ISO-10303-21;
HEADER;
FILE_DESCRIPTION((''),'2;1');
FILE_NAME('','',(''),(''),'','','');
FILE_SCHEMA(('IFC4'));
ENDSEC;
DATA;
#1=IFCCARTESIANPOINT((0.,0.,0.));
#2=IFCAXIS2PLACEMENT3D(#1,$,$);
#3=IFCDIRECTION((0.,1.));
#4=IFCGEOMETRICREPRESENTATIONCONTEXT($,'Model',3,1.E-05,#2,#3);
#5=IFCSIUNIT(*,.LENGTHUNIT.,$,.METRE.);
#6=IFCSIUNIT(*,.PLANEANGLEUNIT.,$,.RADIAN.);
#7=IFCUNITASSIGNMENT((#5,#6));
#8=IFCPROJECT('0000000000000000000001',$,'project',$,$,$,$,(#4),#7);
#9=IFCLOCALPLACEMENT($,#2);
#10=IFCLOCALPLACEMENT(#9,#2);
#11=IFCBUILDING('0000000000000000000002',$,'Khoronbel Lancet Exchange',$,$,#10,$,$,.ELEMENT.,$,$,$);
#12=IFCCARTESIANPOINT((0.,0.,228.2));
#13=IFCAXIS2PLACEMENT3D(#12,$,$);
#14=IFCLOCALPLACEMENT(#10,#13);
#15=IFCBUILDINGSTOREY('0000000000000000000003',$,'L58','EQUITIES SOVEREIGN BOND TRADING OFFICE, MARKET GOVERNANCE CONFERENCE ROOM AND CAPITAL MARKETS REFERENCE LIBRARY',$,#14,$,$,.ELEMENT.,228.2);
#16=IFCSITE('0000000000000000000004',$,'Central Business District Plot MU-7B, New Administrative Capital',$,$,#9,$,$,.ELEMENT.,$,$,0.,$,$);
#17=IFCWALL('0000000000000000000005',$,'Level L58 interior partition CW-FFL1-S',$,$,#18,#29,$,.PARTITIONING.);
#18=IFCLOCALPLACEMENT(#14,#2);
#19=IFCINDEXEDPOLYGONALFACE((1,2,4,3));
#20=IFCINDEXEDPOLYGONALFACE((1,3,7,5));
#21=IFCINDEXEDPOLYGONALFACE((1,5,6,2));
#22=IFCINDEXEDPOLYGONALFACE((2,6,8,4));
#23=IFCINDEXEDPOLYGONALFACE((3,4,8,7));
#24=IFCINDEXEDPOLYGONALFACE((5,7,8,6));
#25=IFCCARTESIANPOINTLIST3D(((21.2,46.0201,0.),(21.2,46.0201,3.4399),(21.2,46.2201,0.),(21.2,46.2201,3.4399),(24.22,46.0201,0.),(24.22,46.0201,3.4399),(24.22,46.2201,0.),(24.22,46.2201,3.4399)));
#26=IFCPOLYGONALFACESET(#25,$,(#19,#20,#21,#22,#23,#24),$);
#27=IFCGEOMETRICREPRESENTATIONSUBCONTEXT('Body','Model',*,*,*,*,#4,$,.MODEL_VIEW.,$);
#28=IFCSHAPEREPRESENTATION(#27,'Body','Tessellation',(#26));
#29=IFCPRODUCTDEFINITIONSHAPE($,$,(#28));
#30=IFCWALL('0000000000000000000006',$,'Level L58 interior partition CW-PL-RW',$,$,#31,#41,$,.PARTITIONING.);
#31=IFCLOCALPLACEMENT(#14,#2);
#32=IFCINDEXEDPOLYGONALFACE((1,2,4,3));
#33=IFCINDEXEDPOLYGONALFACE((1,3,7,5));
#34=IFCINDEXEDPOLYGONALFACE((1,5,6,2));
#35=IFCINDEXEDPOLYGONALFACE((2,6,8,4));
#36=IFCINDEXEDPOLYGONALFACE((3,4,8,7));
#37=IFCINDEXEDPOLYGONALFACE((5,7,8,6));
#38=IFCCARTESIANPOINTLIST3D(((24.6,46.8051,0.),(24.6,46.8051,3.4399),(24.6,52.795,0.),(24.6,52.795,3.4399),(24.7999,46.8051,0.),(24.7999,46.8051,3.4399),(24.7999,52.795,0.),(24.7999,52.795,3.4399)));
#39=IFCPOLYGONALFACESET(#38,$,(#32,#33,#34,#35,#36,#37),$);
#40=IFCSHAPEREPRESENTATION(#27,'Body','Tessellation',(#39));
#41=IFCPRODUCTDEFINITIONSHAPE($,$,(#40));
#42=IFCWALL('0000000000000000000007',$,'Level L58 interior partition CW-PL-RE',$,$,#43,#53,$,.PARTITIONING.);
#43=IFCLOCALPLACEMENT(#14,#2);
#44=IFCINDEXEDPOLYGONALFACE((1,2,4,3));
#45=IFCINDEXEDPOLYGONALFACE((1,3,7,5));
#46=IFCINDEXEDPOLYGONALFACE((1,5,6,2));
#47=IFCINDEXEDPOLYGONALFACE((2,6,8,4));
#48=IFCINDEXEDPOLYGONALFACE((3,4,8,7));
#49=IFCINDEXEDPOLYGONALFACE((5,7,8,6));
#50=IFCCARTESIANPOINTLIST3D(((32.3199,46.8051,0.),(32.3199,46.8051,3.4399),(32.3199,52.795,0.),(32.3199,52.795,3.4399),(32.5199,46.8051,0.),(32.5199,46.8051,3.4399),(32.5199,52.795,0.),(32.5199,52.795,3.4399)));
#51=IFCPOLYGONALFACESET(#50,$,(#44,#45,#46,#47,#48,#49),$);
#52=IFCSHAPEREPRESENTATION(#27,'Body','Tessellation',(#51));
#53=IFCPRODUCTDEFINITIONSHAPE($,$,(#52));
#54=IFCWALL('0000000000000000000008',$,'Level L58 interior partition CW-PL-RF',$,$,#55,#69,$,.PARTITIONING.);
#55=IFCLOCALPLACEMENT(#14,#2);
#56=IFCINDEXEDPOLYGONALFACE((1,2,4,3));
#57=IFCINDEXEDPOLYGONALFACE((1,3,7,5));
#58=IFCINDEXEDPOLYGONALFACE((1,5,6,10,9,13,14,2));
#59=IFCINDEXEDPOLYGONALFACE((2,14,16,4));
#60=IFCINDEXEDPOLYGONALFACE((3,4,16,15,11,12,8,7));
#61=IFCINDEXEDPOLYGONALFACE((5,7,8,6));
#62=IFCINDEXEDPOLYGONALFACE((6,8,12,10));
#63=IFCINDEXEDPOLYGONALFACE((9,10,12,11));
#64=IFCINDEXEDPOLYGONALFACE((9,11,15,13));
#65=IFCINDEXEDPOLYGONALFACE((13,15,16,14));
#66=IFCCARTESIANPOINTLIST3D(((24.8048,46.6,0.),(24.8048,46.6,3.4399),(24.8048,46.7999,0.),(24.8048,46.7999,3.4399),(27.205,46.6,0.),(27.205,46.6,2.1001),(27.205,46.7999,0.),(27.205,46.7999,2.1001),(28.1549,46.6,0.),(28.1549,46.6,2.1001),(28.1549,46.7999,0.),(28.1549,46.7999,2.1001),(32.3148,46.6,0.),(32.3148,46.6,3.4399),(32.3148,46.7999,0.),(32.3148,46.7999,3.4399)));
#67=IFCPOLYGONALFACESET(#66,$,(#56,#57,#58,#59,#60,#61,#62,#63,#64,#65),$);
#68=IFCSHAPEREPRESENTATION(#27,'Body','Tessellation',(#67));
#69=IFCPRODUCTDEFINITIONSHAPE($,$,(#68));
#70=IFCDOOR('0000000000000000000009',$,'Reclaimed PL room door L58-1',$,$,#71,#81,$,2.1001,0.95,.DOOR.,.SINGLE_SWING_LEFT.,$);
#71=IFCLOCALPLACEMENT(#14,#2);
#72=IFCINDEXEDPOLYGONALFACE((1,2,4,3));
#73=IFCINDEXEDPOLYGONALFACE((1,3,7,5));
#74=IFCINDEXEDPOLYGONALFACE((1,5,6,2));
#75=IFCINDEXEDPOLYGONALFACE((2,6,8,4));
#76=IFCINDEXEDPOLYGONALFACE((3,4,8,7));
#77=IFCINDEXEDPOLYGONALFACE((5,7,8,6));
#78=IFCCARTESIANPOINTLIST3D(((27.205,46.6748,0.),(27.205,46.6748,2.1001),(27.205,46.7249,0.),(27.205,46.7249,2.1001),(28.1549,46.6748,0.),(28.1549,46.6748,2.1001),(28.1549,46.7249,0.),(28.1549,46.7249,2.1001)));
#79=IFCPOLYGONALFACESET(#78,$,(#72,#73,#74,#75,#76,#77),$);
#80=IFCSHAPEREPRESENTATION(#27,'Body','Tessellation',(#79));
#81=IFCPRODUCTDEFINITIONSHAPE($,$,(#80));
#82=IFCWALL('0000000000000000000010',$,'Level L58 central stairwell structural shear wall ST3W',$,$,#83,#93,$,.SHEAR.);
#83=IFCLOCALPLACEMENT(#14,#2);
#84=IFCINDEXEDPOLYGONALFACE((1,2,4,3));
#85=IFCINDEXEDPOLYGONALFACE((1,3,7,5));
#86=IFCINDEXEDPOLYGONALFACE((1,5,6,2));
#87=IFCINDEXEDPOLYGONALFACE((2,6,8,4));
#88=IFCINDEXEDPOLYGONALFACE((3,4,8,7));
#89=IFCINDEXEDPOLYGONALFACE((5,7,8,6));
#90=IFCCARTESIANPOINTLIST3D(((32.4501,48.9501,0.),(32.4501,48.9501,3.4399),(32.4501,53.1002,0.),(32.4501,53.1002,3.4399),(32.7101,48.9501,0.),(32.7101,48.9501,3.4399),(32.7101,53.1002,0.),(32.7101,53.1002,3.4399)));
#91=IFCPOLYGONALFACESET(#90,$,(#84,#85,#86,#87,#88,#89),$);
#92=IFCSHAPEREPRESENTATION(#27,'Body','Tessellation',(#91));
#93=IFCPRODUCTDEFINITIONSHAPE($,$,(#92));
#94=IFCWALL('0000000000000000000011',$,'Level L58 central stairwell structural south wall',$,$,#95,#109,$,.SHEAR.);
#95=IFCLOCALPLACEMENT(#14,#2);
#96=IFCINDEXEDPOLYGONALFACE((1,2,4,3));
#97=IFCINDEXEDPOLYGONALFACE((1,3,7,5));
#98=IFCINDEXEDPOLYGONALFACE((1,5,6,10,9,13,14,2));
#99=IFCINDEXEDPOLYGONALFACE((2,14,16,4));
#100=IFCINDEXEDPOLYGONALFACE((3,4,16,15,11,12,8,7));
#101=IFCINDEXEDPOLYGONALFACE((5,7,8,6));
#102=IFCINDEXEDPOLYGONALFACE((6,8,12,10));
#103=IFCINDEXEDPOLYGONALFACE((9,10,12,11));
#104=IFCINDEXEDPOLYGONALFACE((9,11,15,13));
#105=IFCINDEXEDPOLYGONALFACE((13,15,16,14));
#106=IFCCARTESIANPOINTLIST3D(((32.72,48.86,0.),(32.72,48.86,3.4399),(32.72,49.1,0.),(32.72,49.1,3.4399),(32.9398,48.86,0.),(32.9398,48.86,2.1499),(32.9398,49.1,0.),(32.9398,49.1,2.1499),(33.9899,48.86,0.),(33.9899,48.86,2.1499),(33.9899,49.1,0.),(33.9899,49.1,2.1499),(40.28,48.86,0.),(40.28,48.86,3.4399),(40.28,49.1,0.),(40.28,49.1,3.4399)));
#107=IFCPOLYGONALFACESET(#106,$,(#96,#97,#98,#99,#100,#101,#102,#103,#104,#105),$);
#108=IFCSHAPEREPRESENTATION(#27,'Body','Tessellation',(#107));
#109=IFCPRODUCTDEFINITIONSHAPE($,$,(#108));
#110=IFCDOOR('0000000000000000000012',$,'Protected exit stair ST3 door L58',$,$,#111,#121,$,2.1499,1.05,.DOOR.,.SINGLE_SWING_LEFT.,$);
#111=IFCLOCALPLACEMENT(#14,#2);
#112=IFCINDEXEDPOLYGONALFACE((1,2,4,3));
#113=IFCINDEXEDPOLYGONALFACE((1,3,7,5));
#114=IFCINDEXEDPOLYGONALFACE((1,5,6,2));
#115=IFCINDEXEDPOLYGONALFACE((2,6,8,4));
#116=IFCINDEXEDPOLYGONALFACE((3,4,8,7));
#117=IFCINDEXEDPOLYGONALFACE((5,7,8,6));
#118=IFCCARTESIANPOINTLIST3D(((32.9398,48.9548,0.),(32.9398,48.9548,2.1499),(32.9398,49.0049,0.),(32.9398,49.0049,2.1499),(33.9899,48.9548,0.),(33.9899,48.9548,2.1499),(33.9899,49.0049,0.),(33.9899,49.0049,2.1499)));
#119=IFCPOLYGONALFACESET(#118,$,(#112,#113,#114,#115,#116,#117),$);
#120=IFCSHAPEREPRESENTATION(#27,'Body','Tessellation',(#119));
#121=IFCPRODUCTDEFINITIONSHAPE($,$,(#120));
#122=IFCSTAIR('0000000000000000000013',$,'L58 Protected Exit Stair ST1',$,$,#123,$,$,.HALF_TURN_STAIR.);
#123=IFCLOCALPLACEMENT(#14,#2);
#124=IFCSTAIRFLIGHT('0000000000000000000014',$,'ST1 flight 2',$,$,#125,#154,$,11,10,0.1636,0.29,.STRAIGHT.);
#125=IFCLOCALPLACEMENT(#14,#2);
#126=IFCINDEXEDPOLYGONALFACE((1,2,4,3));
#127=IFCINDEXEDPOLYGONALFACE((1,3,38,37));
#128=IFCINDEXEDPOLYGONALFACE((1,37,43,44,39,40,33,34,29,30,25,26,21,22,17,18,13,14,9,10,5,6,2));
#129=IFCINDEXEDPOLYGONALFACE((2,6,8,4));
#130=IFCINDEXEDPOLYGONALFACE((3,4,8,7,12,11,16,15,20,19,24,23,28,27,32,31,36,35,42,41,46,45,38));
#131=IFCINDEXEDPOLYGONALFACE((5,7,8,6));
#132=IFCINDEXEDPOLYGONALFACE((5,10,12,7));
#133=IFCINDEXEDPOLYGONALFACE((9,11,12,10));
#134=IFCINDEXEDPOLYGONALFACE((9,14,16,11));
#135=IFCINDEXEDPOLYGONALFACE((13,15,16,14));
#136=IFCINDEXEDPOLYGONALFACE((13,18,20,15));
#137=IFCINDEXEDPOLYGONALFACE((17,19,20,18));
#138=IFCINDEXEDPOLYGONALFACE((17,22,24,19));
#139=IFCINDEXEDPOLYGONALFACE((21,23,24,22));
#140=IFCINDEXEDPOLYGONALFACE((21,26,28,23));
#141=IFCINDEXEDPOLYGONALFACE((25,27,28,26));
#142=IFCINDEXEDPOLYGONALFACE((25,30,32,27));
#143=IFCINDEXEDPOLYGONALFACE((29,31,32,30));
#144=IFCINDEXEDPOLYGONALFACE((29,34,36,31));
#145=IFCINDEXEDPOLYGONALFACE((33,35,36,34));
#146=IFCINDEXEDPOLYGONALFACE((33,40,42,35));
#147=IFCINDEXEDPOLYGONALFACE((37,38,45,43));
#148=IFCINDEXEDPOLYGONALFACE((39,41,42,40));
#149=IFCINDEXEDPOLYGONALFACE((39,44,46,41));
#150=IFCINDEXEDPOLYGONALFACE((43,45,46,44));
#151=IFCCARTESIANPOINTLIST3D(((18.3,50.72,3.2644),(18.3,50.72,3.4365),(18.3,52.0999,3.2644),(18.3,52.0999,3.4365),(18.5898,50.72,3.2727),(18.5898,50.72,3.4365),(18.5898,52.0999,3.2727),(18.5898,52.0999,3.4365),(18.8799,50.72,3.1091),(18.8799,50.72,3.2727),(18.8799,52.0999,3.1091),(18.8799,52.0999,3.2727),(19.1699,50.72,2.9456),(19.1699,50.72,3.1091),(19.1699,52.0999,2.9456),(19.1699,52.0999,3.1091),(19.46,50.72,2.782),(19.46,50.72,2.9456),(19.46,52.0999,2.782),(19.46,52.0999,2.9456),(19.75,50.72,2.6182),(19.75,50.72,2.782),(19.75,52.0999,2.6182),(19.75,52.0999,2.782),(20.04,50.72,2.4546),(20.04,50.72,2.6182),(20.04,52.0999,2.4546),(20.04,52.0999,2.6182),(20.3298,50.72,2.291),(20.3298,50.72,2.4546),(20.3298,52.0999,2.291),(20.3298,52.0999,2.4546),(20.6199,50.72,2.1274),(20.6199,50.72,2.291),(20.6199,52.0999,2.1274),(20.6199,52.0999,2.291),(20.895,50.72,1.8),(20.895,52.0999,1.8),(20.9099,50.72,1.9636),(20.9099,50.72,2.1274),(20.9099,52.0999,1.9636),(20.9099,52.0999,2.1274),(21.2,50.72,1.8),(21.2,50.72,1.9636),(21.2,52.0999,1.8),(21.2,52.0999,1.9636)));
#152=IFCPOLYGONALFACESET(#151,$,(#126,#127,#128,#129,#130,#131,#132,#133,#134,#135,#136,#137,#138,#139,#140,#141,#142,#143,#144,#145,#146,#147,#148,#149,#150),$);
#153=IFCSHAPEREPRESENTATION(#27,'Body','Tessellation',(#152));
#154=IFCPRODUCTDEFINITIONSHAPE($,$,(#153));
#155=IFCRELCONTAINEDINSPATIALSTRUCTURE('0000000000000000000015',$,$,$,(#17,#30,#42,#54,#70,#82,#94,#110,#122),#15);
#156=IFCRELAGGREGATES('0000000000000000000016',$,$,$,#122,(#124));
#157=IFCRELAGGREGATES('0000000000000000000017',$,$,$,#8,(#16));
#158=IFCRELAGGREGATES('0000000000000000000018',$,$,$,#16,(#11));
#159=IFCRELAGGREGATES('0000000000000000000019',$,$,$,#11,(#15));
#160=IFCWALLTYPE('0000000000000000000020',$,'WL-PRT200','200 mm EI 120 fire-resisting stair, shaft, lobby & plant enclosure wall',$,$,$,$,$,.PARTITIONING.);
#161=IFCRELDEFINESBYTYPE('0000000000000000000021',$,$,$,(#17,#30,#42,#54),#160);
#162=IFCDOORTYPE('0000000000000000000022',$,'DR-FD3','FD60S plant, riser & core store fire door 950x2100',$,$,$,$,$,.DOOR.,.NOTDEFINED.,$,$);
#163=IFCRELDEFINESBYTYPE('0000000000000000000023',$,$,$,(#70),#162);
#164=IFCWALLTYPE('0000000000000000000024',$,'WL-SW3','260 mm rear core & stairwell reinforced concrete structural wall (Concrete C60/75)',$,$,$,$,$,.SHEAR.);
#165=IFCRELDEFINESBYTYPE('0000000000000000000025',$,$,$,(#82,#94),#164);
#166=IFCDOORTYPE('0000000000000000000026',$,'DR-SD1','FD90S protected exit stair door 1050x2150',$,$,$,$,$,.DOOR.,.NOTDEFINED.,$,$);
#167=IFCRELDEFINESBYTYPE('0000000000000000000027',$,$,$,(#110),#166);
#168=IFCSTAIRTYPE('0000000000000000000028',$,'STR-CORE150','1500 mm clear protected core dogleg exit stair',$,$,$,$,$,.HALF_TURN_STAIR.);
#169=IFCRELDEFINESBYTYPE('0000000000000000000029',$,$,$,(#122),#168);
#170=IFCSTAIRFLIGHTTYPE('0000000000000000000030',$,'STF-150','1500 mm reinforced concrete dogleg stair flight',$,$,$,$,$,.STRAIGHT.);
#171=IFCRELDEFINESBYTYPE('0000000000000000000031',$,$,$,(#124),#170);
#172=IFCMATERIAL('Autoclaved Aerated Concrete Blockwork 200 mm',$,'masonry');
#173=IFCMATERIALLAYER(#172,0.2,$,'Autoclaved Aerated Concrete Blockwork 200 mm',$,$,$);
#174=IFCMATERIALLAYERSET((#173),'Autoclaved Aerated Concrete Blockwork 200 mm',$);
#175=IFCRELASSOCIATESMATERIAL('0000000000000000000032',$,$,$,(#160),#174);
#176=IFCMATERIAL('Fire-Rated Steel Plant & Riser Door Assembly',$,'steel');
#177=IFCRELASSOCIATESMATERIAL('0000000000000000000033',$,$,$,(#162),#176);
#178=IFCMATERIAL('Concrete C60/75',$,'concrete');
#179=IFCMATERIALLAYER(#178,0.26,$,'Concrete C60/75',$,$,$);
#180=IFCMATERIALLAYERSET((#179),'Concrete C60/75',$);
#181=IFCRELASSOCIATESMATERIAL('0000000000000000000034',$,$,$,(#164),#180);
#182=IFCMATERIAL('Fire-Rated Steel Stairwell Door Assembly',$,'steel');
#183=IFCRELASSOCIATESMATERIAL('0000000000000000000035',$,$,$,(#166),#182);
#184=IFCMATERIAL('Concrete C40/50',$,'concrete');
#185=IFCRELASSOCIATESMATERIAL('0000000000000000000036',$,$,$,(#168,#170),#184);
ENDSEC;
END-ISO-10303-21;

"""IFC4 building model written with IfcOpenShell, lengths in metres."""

from ifc_helpers import new_model, si_unit, direction, frame, frame_2d, origin, place, context, subcontext, project, spatial, polyline, rectangle, outline, extrude, material, layer, layer_set, type_object, element, fill, aggregate, save


model = new_model("IFC4")

# Units and contexts
model_context = context("Model", 3, precision=1e-05, world=origin(), true_north=direction((0.0, 1.0)))
body_context = subcontext(model_context, "Body", "Model", "MODEL_VIEW")
ifc_project = project(units=[si_unit("LENGTHUNIT", "METRE"), si_unit("PLANEANGLEUNIT", "RADIAN")], contexts=[model_context])

# Site, building, storey
site_placement = place(None, origin())
site = spatial("IfcSite", under=ifc_project, at=site_placement, Name="Central Business District Plot MU-7B, New Administrative Capital", CompositionType="ELEMENT", RefElevation=0.0)
building_placement = place(site_placement, origin())
building = spatial("IfcBuilding", under=site, at=building_placement, Name="Khoronbel Lancet Exchange", CompositionType="ELEMENT")
storey_placement = place(building_placement, frame((0.0, 0.0, 228.2)))
storey = spatial("IfcBuildingStorey", under=building, at=storey_placement, Name="L58", Description="EQUITIES SOVEREIGN BOND TRADING OFFICE, MARKET GOVERNANCE CONFERENCE ROOM AND CAPITAL MARKETS REFERENCE LIBRARY", CompositionType="ELEMENT", Elevation=228.2)

# Shared definitions
ifc_material_1 = material(Name="Autoclaved Aerated Concrete Blockwork 200 mm", Category="masonry")
ifc_layer_1 = layer(ifc_material_1, 0.2, Name="Autoclaved Aerated Concrete Blockwork 200 mm")
ifc_layer_set_1 = layer_set([ifc_layer_1], Name="Autoclaved Aerated Concrete Blockwork 200 mm")
wall_type_1 = type_object("IfcWallType", Name="WL-PRT200", Description="200 mm EI 120 fire-resisting stair, shaft, lobby & plant enclosure wall", PredefinedType="PARTITIONING", material=ifc_layer_set_1)

# Walls
wall_1_placement = place(storey_placement, frame((21.2, 46.1201, 0.0), z_axis=(0.0, 0.0, 1.0), x_axis=(1.0, 0.0, 0.0)))
element("IfcWall", 1, at=wall_1_placement, inside=storey, type_object=wall_type_1, Name="Level L58 interior partition CW-FFL1-S", PredefinedType="PARTITIONING", context=body_context, shape_type="SweptSolid", body=[
    extrude(rectangle(XDim=3.02, YDim=0.2, at=frame_2d((1.51, 0.0))), origin(), (0.0, 0.0, 1.0), 3.4399),
])
for number, where, z_axis, x_axis, name in (
    (2, (24.7, 46.8049, 0.0), (0.0, 0.0, 1.0), (0.0, 1.0, 0.0), "Level L58 interior partition CW-PL-RW"),
    (3, (32.4199, 46.8049, 0.0), (0.0, 0.0, 1.0), (0.0, 1.0, 0.0), "Level L58 interior partition CW-PL-RE"),
):
    element("IfcWall", number, at=place(storey_placement, frame(where, z_axis=z_axis, x_axis=x_axis)), inside=storey, type_object=wall_type_1, Name=name, PredefinedType="PARTITIONING", context=body_context, shape_type="SweptSolid", body=[
        extrude(rectangle(XDim=5.99, YDim=0.2, at=frame_2d((2.9951, 0.0))), origin(), (0.0, 0.0, 1.0), 3.4399),
    ])

# Wall, opening, door
wall_2_placement = place(storey_placement, frame((24.8049, 46.7, 0.0), z_axis=(0.0, 0.0, 1.0), x_axis=(1.0, 0.0, 0.0)))
wall_2 = element("IfcWall", 4, at=wall_2_placement, inside=storey, type_object=wall_type_1, Name="Level L58 interior partition CW-PL-RF", PredefinedType="PARTITIONING", context=body_context, shape_type="SweptSolid", body=[
    extrude(rectangle(XDim=7.51, YDim=0.2, at=frame_2d((3.7549, 0.0))), origin(), (0.0, 0.0, 1.0), 3.4399),
])
opening_1_placement = place(wall_2_placement, frame((2.3999, 0.0, 0.0)))
opening_1 = element("IfcOpeningElement", 5, at=opening_1_placement, cuts=wall_2, PredefinedType="OPENING", context=body_context, shape_type="SweptSolid", body=[
    extrude(rectangle(XDim=0.95, YDim=2.1001, at=frame_2d((0.4751, 1.05))), frame((0.0, 0.1099, 0.0), z_axis=(0.0, -1.0, 0.0), x_axis=(1.0, 0.0, 0.0)), (0.0, 0.0, 1.0), 0.22),
])
ifc_material_2 = material(Name="Fire-Rated Steel Plant & Riser Door Assembly", Category="steel")
door_type_1 = type_object("IfcDoorType", Name="DR-FD3", Description="FD60S plant, riser & core store fire door 950x2100", OperationType="NOTDEFINED", PredefinedType="DOOR", material=ifc_material_2)
door_1_placement = place(opening_1_placement, origin())
door_1 = element("IfcDoor", 6, at=door_1_placement, inside=storey, type_object=door_type_1, Name="Reclaimed PL room door L58-1", OperationType="SINGLE_SWING_LEFT", OverallHeight=2.1001, OverallWidth=0.95, PredefinedType="DOOR", context=body_context, shape_type="SweptSolid", body=[
    extrude(rectangle(XDim=0.95, YDim=2.1001, at=frame_2d((0.4751, 1.05))), frame((0.0, 0.0249, 0.0), z_axis=(0.0, -1.0, 0.0), x_axis=(1.0, 0.0, 0.0)), (0.0, 0.0, 1.0), 0.05),
])
fill(opening_1, door_1)

# Wall
ifc_material_3 = material(Name="Concrete C60/75", Category="concrete")
ifc_layer_2 = layer(ifc_material_3, 0.26, Name="Concrete C60/75")
ifc_layer_set_2 = layer_set([ifc_layer_2], Name="Concrete C60/75")
wall_type_2 = type_object("IfcWallType", Name="WL-SW3", Description="260 mm rear core & stairwell reinforced concrete structural wall (Concrete C60/75)", PredefinedType="SHEAR", material=ifc_layer_set_2)
wall_3_placement = place(storey_placement, frame((32.5801, 48.95, 0.0), z_axis=(0.0, 0.0, 1.0), x_axis=(0.0, 1.0, 0.0)))
element("IfcWall", 7, at=wall_3_placement, inside=storey, type_object=wall_type_2, Name="Level L58 central stairwell structural shear wall ST3W", PredefinedType="SHEAR", context=body_context, shape_type="SweptSolid", body=[
    extrude(rectangle(XDim=4.1501, YDim=0.26, at=frame_2d((2.0752, 0.0))), origin(), (0.0, 0.0, 1.0), 3.4399),
])

# Wall, opening, door
wall_4_placement = place(storey_placement, frame((32.72, 48.98, 0.0), z_axis=(0.0, 0.0, 1.0), x_axis=(1.0, 0.0, 0.0)))
wall_4 = element("IfcWall", 8, at=wall_4_placement, inside=storey, type_object=wall_type_2, Name="Level L58 central stairwell structural south wall", PredefinedType="SHEAR", context=body_context, shape_type="SweptSolid", body=[
    extrude(rectangle(XDim=7.5601, YDim=0.24, at=frame_2d((3.78, 0.0))), origin(), (0.0, 0.0, 1.0), 3.4399),
])
opening_2_placement = place(wall_4_placement, frame((0.22, 0.0, 0.0)))
opening_2 = element("IfcOpeningElement", 9, at=opening_2_placement, cuts=wall_4, PredefinedType="OPENING", context=body_context, shape_type="SweptSolid", body=[
    extrude(rectangle(XDim=1.05, YDim=2.1499, at=frame_2d((0.5249, 1.075))), frame((0.0, 0.1299, 0.0), z_axis=(0.0, -1.0, 0.0), x_axis=(1.0, 0.0, 0.0)), (0.0, 0.0, 1.0), 0.26),
])
ifc_material_4 = material(Name="Fire-Rated Steel Stairwell Door Assembly", Category="steel")
door_type_2 = type_object("IfcDoorType", Name="DR-SD1", Description="FD90S protected exit stair door 1050x2150", OperationType="NOTDEFINED", PredefinedType="DOOR", material=ifc_material_4)
door_2_placement = place(opening_2_placement, origin())
door_2 = element("IfcDoor", 10, at=door_2_placement, inside=storey, type_object=door_type_2, Name="Protected exit stair ST3 door L58", OperationType="SINGLE_SWING_LEFT", OverallHeight=2.1499, OverallWidth=1.05, PredefinedType="DOOR", context=body_context, shape_type="SweptSolid", body=[
    extrude(rectangle(XDim=1.05, YDim=2.1499, at=frame_2d((0.5249, 1.075))), frame((0.0, 0.0249, 0.0), z_axis=(0.0, -1.0, 0.0), x_axis=(1.0, 0.0, 0.0)), (0.0, 0.0, 1.0), 0.05),
])
fill(opening_2, door_2)

# Stair, stair flight
ifc_material_5 = material(Name="Concrete C40/50", Category="concrete")
stair_type = type_object("IfcStairType", Name="STR-CORE150", Description="1500 mm clear protected core dogleg exit stair", PredefinedType="HALF_TURN_STAIR", material=ifc_material_5)
stair_placement = place(storey_placement, origin())
stair = element("IfcStair", 11, at=stair_placement, inside=storey, type_object=stair_type, Name="L58 Protected Exit Stair ST1", PredefinedType="HALF_TURN_STAIR")
stair_flight_type = type_object("IfcStairFlightType", Name="STF-150", Description="1500 mm reinforced concrete dogleg stair flight", PredefinedType="STRAIGHT", material=ifc_material_5)
stair_flight_placement = place(storey_placement, frame((21.2, 51.4099, 1.8), z_axis=(0.0, 0.0, 1.0), x_axis=(-1.0, 0.0, 0.0)))
stair_flight = element("IfcStairFlight", 12, at=stair_flight_placement, type_object=stair_flight_type, Name="ST1 flight 2", NumberOfRisers=11, NumberOfTreads=10, PredefinedType="STRAIGHT", RiserHeight=0.1636, TreadLength=0.29, context=body_context, shape_type="SweptSolid", body=[
    extrude(outline(polyline([(0.0, 0.0), (0.0, 0.1636), (0.29, 0.1636), (0.29, 0.3274), (0.5801, 0.3274), (0.5801, 0.491), (0.8701, 0.491), (0.8701, 0.6545), (1.1599, 0.6545), (1.1599, 0.8181), (1.45, 0.8181), (1.45, 0.9819), (1.74, 0.9819), (1.74, 1.1455), (2.03, 1.1455), (2.03, 1.3091), (2.3201, 1.3091), (2.3201, 1.4727), (2.6101, 1.4727), (2.6101, 1.6365), (2.8999, 1.6365), (2.8999, 1.8), (2.8999, 1.4644), (0.3049, 0.0), (0.0, 0.0)])), frame((0.0, 0.6899, 0.0), z_axis=(0.0, -1.0, 0.0), x_axis=(1.0, 0.0, 0.0)), (0.0, 0.0, 1.0), 1.3799),
])
aggregate(stair, [stair_flight])

save(model, "model.ifc")
